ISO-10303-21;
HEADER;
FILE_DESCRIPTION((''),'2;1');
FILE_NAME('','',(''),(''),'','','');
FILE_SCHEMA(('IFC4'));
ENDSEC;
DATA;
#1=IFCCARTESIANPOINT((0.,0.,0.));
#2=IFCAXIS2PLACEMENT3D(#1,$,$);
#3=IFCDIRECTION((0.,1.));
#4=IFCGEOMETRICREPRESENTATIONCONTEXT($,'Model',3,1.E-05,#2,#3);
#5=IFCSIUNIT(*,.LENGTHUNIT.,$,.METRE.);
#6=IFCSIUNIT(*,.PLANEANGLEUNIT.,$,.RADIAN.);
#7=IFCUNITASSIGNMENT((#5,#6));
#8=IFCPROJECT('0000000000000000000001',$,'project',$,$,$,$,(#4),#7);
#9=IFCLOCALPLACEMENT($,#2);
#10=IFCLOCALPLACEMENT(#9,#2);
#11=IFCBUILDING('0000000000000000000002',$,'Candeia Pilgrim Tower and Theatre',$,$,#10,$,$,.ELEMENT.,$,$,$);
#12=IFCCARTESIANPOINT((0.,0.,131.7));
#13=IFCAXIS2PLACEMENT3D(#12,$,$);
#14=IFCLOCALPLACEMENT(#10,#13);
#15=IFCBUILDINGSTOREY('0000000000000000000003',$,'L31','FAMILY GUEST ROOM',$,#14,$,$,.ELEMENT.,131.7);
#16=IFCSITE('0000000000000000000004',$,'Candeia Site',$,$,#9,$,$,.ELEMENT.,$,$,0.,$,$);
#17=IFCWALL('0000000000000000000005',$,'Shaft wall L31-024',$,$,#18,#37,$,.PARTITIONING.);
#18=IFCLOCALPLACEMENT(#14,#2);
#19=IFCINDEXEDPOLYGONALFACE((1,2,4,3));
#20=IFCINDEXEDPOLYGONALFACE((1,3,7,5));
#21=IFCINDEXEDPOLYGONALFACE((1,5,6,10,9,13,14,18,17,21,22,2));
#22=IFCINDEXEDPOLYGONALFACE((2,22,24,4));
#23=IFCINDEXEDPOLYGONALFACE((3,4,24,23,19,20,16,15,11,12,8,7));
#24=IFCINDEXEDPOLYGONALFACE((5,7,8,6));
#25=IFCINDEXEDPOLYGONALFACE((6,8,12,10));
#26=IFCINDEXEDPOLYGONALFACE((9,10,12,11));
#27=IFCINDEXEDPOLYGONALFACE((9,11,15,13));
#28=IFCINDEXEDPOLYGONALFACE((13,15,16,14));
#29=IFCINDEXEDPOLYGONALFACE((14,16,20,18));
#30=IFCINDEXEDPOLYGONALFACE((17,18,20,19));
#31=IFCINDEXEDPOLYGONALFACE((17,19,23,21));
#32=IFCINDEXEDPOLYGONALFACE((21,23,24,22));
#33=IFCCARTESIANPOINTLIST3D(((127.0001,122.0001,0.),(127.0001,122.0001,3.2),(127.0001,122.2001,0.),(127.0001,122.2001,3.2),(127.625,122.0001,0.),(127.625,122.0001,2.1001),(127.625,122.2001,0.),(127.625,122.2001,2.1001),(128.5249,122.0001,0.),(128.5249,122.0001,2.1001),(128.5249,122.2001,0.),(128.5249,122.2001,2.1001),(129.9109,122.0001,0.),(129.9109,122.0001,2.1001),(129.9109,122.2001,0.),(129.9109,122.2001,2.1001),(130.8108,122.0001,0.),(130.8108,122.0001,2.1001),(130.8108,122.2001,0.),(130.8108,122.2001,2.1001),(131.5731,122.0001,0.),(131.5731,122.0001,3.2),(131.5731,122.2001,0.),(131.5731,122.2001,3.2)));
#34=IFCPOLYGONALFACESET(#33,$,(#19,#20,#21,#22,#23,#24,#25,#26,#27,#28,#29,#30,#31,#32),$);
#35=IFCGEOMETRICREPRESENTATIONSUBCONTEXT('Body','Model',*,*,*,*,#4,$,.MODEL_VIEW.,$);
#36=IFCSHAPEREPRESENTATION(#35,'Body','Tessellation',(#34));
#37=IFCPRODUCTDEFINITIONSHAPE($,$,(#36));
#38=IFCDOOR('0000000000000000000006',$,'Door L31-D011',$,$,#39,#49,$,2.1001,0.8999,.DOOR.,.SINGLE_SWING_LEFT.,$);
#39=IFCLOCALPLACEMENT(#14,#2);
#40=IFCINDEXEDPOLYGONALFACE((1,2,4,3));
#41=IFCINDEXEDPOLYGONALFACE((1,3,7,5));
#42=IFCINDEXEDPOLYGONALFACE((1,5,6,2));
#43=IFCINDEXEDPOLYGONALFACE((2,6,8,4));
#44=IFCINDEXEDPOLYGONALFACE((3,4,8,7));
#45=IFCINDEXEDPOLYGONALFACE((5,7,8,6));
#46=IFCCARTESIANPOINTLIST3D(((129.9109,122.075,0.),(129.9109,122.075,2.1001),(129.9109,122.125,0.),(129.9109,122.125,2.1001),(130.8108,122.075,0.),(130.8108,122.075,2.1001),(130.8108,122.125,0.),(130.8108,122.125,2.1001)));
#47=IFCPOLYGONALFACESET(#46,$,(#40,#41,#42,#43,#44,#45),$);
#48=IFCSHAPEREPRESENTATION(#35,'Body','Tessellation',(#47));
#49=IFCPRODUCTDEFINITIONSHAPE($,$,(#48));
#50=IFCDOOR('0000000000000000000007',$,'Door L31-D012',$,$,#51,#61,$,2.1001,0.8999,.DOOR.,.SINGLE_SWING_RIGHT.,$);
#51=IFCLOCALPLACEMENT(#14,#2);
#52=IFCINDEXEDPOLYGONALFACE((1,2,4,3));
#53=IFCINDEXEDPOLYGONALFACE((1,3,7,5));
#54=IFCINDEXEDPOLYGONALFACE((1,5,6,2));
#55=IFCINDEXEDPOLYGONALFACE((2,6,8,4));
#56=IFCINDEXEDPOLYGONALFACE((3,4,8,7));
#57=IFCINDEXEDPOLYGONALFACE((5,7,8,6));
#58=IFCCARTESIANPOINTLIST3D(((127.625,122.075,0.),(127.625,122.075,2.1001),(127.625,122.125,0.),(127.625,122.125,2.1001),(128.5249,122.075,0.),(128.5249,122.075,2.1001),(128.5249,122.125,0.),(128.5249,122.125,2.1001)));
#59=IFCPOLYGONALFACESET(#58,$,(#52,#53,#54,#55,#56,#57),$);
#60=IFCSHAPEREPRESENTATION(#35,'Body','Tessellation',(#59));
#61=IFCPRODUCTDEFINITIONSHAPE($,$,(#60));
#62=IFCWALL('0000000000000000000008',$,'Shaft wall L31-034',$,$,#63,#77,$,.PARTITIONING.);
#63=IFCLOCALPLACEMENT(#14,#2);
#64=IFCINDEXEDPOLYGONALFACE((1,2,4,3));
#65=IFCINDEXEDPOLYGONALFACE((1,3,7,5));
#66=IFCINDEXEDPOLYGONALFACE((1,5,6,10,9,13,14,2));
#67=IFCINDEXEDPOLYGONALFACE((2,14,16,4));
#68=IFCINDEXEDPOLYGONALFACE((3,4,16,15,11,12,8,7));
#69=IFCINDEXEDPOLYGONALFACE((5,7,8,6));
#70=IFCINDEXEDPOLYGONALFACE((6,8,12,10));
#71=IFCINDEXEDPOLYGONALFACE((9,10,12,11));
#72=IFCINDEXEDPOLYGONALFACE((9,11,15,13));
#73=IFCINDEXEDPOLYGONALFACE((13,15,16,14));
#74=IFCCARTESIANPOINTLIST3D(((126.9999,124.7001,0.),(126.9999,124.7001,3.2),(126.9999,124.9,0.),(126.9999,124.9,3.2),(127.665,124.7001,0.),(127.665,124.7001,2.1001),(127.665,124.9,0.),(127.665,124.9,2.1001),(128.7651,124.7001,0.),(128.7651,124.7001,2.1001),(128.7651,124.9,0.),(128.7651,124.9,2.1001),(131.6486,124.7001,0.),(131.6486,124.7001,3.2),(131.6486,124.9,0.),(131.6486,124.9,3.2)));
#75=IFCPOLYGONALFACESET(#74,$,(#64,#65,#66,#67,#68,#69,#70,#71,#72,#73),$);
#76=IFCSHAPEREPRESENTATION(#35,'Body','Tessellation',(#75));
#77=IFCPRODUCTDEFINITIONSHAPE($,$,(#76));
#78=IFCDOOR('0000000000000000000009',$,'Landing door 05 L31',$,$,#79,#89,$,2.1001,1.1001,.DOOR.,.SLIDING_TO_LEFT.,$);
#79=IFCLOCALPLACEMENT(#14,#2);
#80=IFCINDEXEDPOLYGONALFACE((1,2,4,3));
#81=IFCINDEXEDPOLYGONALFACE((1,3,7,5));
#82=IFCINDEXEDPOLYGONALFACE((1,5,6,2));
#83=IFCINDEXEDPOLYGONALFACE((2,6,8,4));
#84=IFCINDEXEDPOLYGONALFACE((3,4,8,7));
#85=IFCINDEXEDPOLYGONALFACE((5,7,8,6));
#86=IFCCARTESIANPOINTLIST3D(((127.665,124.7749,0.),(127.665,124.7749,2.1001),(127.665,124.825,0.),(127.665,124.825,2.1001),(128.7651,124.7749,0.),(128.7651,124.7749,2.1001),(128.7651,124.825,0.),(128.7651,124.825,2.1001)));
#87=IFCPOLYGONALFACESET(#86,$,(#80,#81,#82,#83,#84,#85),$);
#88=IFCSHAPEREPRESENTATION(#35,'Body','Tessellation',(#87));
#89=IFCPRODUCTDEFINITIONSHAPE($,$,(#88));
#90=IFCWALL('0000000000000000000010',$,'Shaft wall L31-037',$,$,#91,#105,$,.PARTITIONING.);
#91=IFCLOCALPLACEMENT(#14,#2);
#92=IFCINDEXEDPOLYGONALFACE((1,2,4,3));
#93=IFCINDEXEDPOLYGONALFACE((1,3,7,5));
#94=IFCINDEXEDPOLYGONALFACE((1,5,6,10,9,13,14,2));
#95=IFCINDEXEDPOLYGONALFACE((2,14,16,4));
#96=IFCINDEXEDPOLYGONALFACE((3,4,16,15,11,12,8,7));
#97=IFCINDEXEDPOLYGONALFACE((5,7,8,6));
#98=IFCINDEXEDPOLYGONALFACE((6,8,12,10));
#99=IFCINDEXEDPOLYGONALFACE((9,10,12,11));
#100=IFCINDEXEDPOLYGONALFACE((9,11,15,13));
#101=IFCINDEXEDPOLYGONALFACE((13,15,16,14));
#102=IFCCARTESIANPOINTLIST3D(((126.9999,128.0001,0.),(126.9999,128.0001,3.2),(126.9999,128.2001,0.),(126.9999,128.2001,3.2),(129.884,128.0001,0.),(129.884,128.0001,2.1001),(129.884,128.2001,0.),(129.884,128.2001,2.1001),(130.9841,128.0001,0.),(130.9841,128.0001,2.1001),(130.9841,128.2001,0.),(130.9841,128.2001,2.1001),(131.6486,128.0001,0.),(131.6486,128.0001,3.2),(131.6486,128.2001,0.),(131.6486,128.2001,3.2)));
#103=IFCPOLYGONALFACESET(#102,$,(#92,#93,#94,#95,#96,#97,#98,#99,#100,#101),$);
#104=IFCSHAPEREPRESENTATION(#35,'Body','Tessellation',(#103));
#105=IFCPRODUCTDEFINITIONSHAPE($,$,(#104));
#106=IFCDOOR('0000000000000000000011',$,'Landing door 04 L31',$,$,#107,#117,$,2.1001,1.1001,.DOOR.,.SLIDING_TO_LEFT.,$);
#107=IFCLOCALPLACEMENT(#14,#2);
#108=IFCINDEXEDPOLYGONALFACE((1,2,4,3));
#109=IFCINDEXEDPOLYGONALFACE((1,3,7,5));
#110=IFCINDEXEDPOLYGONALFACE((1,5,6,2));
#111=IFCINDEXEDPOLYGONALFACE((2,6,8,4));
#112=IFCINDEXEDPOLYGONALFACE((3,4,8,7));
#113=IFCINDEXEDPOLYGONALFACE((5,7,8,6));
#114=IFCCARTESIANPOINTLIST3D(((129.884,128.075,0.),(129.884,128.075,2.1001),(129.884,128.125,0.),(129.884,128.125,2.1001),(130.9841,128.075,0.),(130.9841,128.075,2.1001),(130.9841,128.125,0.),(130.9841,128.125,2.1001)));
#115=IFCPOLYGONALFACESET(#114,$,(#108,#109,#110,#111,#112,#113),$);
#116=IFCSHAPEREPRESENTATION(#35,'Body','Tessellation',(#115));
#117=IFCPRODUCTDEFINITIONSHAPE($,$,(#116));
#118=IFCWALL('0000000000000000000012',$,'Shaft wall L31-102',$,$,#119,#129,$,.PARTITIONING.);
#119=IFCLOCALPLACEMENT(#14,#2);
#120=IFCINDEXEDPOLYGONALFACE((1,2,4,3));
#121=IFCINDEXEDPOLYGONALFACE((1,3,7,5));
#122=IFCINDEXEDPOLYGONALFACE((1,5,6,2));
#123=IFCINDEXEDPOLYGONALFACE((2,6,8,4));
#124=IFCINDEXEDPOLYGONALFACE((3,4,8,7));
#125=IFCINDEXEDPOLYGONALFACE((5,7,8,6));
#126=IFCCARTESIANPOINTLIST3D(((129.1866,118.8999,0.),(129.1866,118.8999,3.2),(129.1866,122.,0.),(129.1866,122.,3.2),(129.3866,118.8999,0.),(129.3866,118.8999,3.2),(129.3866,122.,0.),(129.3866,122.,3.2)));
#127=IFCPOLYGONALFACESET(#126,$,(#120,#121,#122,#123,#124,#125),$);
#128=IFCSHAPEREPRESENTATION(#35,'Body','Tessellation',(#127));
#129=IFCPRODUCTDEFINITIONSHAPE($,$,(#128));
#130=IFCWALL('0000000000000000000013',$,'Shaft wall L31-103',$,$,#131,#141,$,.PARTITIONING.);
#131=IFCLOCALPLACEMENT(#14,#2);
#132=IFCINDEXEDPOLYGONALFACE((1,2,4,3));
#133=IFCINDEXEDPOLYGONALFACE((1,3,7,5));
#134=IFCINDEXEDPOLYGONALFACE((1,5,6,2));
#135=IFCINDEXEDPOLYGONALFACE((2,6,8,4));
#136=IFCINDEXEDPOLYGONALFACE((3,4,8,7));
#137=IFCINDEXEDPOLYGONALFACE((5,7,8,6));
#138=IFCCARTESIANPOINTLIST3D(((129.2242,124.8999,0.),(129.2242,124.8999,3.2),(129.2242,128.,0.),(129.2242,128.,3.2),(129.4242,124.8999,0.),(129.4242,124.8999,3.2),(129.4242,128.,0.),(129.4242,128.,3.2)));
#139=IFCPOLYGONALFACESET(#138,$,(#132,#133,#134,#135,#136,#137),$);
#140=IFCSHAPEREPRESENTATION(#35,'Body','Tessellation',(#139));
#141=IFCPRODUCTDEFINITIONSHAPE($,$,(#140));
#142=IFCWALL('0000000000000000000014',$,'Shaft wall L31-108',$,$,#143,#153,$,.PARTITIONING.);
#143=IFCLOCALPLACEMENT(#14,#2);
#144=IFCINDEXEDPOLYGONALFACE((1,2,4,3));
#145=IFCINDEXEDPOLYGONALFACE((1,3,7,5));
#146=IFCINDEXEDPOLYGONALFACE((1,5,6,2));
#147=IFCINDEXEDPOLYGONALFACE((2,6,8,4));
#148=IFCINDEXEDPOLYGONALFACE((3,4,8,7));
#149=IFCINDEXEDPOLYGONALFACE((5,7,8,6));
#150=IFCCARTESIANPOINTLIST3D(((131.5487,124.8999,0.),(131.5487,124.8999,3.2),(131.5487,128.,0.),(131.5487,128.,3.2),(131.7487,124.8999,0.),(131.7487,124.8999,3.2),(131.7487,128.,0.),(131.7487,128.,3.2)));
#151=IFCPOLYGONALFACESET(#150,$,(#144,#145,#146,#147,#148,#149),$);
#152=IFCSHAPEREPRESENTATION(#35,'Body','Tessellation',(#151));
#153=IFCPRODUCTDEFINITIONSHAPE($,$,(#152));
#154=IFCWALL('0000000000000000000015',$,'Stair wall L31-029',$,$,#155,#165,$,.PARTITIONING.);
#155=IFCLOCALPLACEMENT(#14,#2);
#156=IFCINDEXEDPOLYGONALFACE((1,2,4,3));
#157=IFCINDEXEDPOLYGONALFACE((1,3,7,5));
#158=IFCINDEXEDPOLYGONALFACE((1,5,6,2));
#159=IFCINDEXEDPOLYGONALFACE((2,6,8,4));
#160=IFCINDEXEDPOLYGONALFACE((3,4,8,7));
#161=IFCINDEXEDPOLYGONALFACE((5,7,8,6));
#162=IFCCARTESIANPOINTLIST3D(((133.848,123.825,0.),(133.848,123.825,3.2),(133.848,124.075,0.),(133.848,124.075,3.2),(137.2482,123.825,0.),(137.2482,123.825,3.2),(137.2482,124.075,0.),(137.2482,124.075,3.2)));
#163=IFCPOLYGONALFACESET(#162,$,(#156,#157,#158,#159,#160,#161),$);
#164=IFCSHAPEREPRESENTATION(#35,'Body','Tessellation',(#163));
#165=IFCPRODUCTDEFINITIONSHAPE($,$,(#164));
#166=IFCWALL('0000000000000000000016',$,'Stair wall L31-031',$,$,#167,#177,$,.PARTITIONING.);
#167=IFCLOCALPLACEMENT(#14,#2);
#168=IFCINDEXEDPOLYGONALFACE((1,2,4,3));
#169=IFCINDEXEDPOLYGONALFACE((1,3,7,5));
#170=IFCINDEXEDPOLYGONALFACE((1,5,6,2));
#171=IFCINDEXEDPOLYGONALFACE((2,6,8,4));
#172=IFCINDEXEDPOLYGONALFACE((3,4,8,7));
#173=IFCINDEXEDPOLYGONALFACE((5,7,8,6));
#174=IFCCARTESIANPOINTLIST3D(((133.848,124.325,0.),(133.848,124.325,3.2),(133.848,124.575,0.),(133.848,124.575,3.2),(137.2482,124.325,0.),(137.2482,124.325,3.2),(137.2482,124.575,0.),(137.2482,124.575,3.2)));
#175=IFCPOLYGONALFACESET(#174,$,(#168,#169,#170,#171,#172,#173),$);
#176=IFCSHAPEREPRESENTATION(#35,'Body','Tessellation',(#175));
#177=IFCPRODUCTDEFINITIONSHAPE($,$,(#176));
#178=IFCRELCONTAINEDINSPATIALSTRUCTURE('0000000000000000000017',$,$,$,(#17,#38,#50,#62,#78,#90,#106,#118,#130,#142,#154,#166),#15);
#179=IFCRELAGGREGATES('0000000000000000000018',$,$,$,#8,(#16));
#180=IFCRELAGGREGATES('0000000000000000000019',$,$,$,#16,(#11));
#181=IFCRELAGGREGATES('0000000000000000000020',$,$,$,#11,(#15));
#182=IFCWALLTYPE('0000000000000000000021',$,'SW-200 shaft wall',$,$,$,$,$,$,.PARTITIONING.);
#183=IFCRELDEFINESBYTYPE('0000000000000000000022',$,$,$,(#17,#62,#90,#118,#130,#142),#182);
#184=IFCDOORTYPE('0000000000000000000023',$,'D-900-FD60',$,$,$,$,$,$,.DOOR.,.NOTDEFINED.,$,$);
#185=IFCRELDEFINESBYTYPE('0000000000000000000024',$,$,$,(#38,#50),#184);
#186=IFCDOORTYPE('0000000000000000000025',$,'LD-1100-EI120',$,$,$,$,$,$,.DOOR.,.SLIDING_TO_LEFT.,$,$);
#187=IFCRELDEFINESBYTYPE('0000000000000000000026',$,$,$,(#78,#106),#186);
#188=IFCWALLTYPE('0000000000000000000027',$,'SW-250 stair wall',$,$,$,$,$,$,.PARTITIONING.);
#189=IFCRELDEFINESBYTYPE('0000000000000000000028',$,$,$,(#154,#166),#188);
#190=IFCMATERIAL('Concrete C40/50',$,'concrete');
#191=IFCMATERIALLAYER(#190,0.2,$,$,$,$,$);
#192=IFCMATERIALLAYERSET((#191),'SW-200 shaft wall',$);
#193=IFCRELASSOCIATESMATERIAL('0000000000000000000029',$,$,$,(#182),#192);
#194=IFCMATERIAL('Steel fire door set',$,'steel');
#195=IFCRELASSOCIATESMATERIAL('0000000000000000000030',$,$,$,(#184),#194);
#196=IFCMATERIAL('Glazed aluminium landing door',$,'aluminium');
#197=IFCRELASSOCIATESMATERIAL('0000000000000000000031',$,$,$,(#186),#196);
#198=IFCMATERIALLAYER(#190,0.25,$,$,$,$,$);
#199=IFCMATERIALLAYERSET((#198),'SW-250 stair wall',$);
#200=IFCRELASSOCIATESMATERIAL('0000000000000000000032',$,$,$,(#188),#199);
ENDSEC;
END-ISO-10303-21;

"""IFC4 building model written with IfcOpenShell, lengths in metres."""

from ifc_helpers import new_model, si_unit, direction, frame, frame_2d, origin, place, context, subcontext, project, spatial, rectangle, extrude, material, layer, layer_set, type_object, element, fill, save


model = new_model("IFC4")

# Units and contexts
model_context = context("Model", 3, precision=1e-05, world=origin(), true_north=direction((0.0, 1.0)))
body_context = subcontext(model_context, "Body", "Model", "MODEL_VIEW")
ifc_project = project(units=[si_unit("LENGTHUNIT", "METRE"), si_unit("PLANEANGLEUNIT", "RADIAN")], contexts=[model_context])

# Site, building, storey
site_placement = place(None, origin())
site = spatial("IfcSite", under=ifc_project, at=site_placement, Name="Candeia Site", CompositionType="ELEMENT", RefElevation=0.0)
building_placement = place(site_placement, origin())
building = spatial("IfcBuilding", under=site, at=building_placement, Name="Candeia Pilgrim Tower and Theatre", CompositionType="ELEMENT")
storey_placement = place(building_placement, frame((0.0, 0.0, 131.7)))
storey = spatial("IfcBuildingStorey", under=building, at=storey_placement, Name="L31", Description="FAMILY GUEST ROOM", CompositionType="ELEMENT", Elevation=131.7)

# Shared definitions
ifc_material_1 = material(Name="Steel fire door set", Category="steel")

# Wall, openings, doors
ifc_material_2 = material(Name="Concrete C40/50", Category="concrete")
ifc_layer_1 = layer(ifc_material_2, 0.2)
ifc_layer_set_1 = layer_set([ifc_layer_1], Name="SW-200 shaft wall")
wall_type_1 = type_object("IfcWallType", Name="SW-200 shaft wall", PredefinedType="PARTITIONING", material=ifc_layer_set_1)
wall_1_placement = place(storey_placement, frame((127.0, 122.1001, 0.0), z_axis=(0.0, 0.0, 1.0), x_axis=(1.0, 0.0, 0.0)))
wall_1 = element("IfcWall", 1, at=wall_1_placement, inside=storey, type_object=wall_type_1, Name="Shaft wall L31-024", PredefinedType="PARTITIONING", context=body_context, shape_type="SweptSolid", body=[
    extrude(rectangle(XDim=4.573, YDim=0.2, at=frame_2d((2.2866, 0.0))), origin(), (0.0, 0.0, 1.0), 3.2),
])
opening_1_placement = place(wall_1_placement, frame((2.9109, 0.0, 0.0)))
opening_1 = element("IfcOpeningElement", 2, at=opening_1_placement, cuts=wall_1, PredefinedType="OPENING", context=body_context, shape_type="SweptSolid", body=[
    extrude(rectangle(XDim=0.8999, YDim=2.1001, at=frame_2d((0.45, 1.05))), frame((0.0, 0.1099, 0.0), z_axis=(0.0, -1.0, 0.0), x_axis=(1.0, 0.0, 0.0)), (0.0, 0.0, 1.0), 0.22),
])
opening_2_placement = place(wall_1_placement, frame((0.625, 0.0, 0.0)))
opening_2 = element("IfcOpeningElement", 3, at=opening_2_placement, cuts=wall_1, PredefinedType="OPENING", context=body_context, shape_type="SweptSolid", body=[
    extrude(rectangle(XDim=0.8999, YDim=2.1001, at=frame_2d((0.45, 1.05))), frame((0.0, 0.1099, 0.0), z_axis=(0.0, -1.0, 0.0), x_axis=(1.0, 0.0, 0.0)), (0.0, 0.0, 1.0), 0.22),
])
door_type_1 = type_object("IfcDoorType", Name="D-900-FD60", OperationType="NOTDEFINED", PredefinedType="DOOR", material=ifc_material_1)
door_1_placement = place(opening_1_placement, origin())
door_1 = element("IfcDoor", 4, at=door_1_placement, inside=storey, type_object=door_type_1, Name="Door L31-D011", OperationType="SINGLE_SWING_LEFT", OverallHeight=2.1001, OverallWidth=0.8999, PredefinedType="DOOR", context=body_context, shape_type="SweptSolid", body=[
    extrude(rectangle(XDim=0.8999, YDim=2.1001, at=frame_2d((0.45, 1.05))), frame((0.0, 0.0249, 0.0), z_axis=(0.0, -1.0, 0.0), x_axis=(1.0, 0.0, 0.0)), (0.0, 0.0, 1.0), 0.05),
])
fill(opening_1, door_1)
door_2_placement = place(opening_2_placement, origin())
door_2 = element("IfcDoor", 5, at=door_2_placement, inside=storey, type_object=door_type_1, Name="Door L31-D012", OperationType="SINGLE_SWING_RIGHT", OverallHeight=2.1001, OverallWidth=0.8999, PredefinedType="DOOR", context=body_context, shape_type="SweptSolid", body=[
    extrude(rectangle(XDim=0.8999, YDim=2.1001, at=frame_2d((0.45, 1.05))), frame((0.0, 0.0249, 0.0), z_axis=(0.0, -1.0, 0.0), x_axis=(1.0, 0.0, 0.0)), (0.0, 0.0, 1.0), 0.05),
])
fill(opening_2, door_2)

# Walls, openings, doors
wall_2_placement = place(storey_placement, frame((127.0, 124.8, 0.0), z_axis=(0.0, 0.0, 1.0), x_axis=(1.0, 0.0, 0.0)))
wall_2 = element("IfcWall", 6, at=wall_2_placement, inside=storey, type_object=wall_type_1, Name="Shaft wall L31-034", PredefinedType="PARTITIONING", context=body_context, shape_type="SweptSolid", body=[
    extrude(rectangle(XDim=4.6487, YDim=0.2, at=frame_2d((2.3242, 0.0))), origin(), (0.0, 0.0, 1.0), 3.2),
])
opening_3_placement = place(wall_2_placement, frame((0.665, 0.0, 0.0)))
opening_3 = element("IfcOpeningElement", 7, at=opening_3_placement, cuts=wall_2, PredefinedType="OPENING", context=body_context, shape_type="SweptSolid", body=[
    extrude(rectangle(XDim=1.1001, YDim=2.1001, at=frame_2d((0.55, 1.05))), frame((0.0, 0.1099, 0.0), z_axis=(0.0, -1.0, 0.0), x_axis=(1.0, 0.0, 0.0)), (0.0, 0.0, 1.0), 0.22),
])
ifc_material_3 = material(Name="Glazed aluminium landing door", Category="aluminium")
door_type_2 = type_object("IfcDoorType", Name="LD-1100-EI120", OperationType="SLIDING_TO_LEFT", PredefinedType="DOOR", material=ifc_material_3)
door_3_placement = place(opening_3_placement, origin())
door_3 = element("IfcDoor", 8, at=door_3_placement, inside=storey, type_object=door_type_2, Name="Landing door 05 L31", OperationType="SLIDING_TO_LEFT", OverallHeight=2.1001, OverallWidth=1.1001, PredefinedType="DOOR", context=body_context, shape_type="SweptSolid", body=[
    extrude(rectangle(XDim=1.1001, YDim=2.1001, at=frame_2d((0.55, 1.05))), frame((0.0, 0.0249, 0.0), z_axis=(0.0, -1.0, 0.0), x_axis=(1.0, 0.0, 0.0)), (0.0, 0.0, 1.0), 0.05),
])
fill(opening_3, door_3)
wall_3_placement = place(storey_placement, frame((127.0, 128.1001, 0.0), z_axis=(0.0, 0.0, 1.0), x_axis=(1.0, 0.0, 0.0)))
wall_3 = element("IfcWall", 9, at=wall_3_placement, inside=storey, type_object=wall_type_1, Name="Shaft wall L31-037", PredefinedType="PARTITIONING", context=body_context, shape_type="SweptSolid", body=[
    extrude(rectangle(XDim=4.6487, YDim=0.2, at=frame_2d((2.3242, 0.0))), origin(), (0.0, 0.0, 1.0), 3.2),
])
opening_4_placement = place(wall_3_placement, frame((2.884, 0.0, 0.0)))
opening_4 = element("IfcOpeningElement", 10, at=opening_4_placement, cuts=wall_3, PredefinedType="OPENING", context=body_context, shape_type="SweptSolid", body=[
    extrude(rectangle(XDim=1.1001, YDim=2.1001, at=frame_2d((0.55, 1.05))), frame((0.0, 0.1099, 0.0), z_axis=(0.0, -1.0, 0.0), x_axis=(1.0, 0.0, 0.0)), (0.0, 0.0, 1.0), 0.22),
])
door_4_placement = place(opening_4_placement, origin())
door_4 = element("IfcDoor", 11, at=door_4_placement, inside=storey, type_object=door_type_2, Name="Landing door 04 L31", OperationType="SLIDING_TO_LEFT", OverallHeight=2.1001, OverallWidth=1.1001, PredefinedType="DOOR", context=body_context, shape_type="SweptSolid", body=[
    extrude(rectangle(XDim=1.1001, YDim=2.1001, at=frame_2d((0.55, 1.05))), frame((0.0, 0.0249, 0.0), z_axis=(0.0, -1.0, 0.0), x_axis=(1.0, 0.0, 0.0)), (0.0, 0.0, 1.0), 0.05),
])
fill(opening_4, door_4)

# Walls
for number, where, z_axis, x_axis, name in (
    (12, (129.2866, 118.8999, 0.0), (0.0, 0.0, 1.0), (0.0, 1.0, 0.0), "Shaft wall L31-102"),
    (13, (129.3242, 124.8999, 0.0), (0.0, 0.0, 1.0), (0.0, 1.0, 0.0), "Shaft wall L31-103"),
    (14, (131.6487, 124.8999, 0.0), (0.0, 0.0, 1.0), (0.0, 1.0, 0.0), "Shaft wall L31-108"),
):
    element("IfcWall", number, at=place(storey_placement, frame(where, z_axis=z_axis, x_axis=x_axis)), inside=storey, type_object=wall_type_1, Name=name, PredefinedType="PARTITIONING", context=body_context, shape_type="SweptSolid", body=[
        extrude(rectangle(XDim=3.1001, YDim=0.2, at=frame_2d((1.55, 0.0))), origin(), (0.0, 0.0, 1.0), 3.2),
    ])
ifc_layer_2 = layer(ifc_material_2, 0.25)
ifc_layer_set_2 = layer_set([ifc_layer_2], Name="SW-250 stair wall")
wall_type_2 = type_object("IfcWallType", Name="SW-250 stair wall", PredefinedType="PARTITIONING", material=ifc_layer_set_2)
for number, where, z_axis, x_axis, name in (
    (15, (133.8479, 123.95, 0.0), (0.0, 0.0, 1.0), (1.0, 0.0, 0.0), "Stair wall L31-029"),
    (16, (133.8479, 124.45, 0.0), (0.0, 0.0, 1.0), (1.0, 0.0, 0.0), "Stair wall L31-031"),
):
    element("IfcWall", number, at=place(storey_placement, frame(where, z_axis=z_axis, x_axis=x_axis)), inside=storey, type_object=wall_type_2, Name=name, PredefinedType="PARTITIONING", context=body_context, shape_type="SweptSolid", body=[
        extrude(rectangle(XDim=3.4001, YDim=0.25, at=frame_2d((1.7002, 0.0))), origin(), (0.0, 0.0, 1.0), 3.2),
    ])

save(model, "model.ifc")
